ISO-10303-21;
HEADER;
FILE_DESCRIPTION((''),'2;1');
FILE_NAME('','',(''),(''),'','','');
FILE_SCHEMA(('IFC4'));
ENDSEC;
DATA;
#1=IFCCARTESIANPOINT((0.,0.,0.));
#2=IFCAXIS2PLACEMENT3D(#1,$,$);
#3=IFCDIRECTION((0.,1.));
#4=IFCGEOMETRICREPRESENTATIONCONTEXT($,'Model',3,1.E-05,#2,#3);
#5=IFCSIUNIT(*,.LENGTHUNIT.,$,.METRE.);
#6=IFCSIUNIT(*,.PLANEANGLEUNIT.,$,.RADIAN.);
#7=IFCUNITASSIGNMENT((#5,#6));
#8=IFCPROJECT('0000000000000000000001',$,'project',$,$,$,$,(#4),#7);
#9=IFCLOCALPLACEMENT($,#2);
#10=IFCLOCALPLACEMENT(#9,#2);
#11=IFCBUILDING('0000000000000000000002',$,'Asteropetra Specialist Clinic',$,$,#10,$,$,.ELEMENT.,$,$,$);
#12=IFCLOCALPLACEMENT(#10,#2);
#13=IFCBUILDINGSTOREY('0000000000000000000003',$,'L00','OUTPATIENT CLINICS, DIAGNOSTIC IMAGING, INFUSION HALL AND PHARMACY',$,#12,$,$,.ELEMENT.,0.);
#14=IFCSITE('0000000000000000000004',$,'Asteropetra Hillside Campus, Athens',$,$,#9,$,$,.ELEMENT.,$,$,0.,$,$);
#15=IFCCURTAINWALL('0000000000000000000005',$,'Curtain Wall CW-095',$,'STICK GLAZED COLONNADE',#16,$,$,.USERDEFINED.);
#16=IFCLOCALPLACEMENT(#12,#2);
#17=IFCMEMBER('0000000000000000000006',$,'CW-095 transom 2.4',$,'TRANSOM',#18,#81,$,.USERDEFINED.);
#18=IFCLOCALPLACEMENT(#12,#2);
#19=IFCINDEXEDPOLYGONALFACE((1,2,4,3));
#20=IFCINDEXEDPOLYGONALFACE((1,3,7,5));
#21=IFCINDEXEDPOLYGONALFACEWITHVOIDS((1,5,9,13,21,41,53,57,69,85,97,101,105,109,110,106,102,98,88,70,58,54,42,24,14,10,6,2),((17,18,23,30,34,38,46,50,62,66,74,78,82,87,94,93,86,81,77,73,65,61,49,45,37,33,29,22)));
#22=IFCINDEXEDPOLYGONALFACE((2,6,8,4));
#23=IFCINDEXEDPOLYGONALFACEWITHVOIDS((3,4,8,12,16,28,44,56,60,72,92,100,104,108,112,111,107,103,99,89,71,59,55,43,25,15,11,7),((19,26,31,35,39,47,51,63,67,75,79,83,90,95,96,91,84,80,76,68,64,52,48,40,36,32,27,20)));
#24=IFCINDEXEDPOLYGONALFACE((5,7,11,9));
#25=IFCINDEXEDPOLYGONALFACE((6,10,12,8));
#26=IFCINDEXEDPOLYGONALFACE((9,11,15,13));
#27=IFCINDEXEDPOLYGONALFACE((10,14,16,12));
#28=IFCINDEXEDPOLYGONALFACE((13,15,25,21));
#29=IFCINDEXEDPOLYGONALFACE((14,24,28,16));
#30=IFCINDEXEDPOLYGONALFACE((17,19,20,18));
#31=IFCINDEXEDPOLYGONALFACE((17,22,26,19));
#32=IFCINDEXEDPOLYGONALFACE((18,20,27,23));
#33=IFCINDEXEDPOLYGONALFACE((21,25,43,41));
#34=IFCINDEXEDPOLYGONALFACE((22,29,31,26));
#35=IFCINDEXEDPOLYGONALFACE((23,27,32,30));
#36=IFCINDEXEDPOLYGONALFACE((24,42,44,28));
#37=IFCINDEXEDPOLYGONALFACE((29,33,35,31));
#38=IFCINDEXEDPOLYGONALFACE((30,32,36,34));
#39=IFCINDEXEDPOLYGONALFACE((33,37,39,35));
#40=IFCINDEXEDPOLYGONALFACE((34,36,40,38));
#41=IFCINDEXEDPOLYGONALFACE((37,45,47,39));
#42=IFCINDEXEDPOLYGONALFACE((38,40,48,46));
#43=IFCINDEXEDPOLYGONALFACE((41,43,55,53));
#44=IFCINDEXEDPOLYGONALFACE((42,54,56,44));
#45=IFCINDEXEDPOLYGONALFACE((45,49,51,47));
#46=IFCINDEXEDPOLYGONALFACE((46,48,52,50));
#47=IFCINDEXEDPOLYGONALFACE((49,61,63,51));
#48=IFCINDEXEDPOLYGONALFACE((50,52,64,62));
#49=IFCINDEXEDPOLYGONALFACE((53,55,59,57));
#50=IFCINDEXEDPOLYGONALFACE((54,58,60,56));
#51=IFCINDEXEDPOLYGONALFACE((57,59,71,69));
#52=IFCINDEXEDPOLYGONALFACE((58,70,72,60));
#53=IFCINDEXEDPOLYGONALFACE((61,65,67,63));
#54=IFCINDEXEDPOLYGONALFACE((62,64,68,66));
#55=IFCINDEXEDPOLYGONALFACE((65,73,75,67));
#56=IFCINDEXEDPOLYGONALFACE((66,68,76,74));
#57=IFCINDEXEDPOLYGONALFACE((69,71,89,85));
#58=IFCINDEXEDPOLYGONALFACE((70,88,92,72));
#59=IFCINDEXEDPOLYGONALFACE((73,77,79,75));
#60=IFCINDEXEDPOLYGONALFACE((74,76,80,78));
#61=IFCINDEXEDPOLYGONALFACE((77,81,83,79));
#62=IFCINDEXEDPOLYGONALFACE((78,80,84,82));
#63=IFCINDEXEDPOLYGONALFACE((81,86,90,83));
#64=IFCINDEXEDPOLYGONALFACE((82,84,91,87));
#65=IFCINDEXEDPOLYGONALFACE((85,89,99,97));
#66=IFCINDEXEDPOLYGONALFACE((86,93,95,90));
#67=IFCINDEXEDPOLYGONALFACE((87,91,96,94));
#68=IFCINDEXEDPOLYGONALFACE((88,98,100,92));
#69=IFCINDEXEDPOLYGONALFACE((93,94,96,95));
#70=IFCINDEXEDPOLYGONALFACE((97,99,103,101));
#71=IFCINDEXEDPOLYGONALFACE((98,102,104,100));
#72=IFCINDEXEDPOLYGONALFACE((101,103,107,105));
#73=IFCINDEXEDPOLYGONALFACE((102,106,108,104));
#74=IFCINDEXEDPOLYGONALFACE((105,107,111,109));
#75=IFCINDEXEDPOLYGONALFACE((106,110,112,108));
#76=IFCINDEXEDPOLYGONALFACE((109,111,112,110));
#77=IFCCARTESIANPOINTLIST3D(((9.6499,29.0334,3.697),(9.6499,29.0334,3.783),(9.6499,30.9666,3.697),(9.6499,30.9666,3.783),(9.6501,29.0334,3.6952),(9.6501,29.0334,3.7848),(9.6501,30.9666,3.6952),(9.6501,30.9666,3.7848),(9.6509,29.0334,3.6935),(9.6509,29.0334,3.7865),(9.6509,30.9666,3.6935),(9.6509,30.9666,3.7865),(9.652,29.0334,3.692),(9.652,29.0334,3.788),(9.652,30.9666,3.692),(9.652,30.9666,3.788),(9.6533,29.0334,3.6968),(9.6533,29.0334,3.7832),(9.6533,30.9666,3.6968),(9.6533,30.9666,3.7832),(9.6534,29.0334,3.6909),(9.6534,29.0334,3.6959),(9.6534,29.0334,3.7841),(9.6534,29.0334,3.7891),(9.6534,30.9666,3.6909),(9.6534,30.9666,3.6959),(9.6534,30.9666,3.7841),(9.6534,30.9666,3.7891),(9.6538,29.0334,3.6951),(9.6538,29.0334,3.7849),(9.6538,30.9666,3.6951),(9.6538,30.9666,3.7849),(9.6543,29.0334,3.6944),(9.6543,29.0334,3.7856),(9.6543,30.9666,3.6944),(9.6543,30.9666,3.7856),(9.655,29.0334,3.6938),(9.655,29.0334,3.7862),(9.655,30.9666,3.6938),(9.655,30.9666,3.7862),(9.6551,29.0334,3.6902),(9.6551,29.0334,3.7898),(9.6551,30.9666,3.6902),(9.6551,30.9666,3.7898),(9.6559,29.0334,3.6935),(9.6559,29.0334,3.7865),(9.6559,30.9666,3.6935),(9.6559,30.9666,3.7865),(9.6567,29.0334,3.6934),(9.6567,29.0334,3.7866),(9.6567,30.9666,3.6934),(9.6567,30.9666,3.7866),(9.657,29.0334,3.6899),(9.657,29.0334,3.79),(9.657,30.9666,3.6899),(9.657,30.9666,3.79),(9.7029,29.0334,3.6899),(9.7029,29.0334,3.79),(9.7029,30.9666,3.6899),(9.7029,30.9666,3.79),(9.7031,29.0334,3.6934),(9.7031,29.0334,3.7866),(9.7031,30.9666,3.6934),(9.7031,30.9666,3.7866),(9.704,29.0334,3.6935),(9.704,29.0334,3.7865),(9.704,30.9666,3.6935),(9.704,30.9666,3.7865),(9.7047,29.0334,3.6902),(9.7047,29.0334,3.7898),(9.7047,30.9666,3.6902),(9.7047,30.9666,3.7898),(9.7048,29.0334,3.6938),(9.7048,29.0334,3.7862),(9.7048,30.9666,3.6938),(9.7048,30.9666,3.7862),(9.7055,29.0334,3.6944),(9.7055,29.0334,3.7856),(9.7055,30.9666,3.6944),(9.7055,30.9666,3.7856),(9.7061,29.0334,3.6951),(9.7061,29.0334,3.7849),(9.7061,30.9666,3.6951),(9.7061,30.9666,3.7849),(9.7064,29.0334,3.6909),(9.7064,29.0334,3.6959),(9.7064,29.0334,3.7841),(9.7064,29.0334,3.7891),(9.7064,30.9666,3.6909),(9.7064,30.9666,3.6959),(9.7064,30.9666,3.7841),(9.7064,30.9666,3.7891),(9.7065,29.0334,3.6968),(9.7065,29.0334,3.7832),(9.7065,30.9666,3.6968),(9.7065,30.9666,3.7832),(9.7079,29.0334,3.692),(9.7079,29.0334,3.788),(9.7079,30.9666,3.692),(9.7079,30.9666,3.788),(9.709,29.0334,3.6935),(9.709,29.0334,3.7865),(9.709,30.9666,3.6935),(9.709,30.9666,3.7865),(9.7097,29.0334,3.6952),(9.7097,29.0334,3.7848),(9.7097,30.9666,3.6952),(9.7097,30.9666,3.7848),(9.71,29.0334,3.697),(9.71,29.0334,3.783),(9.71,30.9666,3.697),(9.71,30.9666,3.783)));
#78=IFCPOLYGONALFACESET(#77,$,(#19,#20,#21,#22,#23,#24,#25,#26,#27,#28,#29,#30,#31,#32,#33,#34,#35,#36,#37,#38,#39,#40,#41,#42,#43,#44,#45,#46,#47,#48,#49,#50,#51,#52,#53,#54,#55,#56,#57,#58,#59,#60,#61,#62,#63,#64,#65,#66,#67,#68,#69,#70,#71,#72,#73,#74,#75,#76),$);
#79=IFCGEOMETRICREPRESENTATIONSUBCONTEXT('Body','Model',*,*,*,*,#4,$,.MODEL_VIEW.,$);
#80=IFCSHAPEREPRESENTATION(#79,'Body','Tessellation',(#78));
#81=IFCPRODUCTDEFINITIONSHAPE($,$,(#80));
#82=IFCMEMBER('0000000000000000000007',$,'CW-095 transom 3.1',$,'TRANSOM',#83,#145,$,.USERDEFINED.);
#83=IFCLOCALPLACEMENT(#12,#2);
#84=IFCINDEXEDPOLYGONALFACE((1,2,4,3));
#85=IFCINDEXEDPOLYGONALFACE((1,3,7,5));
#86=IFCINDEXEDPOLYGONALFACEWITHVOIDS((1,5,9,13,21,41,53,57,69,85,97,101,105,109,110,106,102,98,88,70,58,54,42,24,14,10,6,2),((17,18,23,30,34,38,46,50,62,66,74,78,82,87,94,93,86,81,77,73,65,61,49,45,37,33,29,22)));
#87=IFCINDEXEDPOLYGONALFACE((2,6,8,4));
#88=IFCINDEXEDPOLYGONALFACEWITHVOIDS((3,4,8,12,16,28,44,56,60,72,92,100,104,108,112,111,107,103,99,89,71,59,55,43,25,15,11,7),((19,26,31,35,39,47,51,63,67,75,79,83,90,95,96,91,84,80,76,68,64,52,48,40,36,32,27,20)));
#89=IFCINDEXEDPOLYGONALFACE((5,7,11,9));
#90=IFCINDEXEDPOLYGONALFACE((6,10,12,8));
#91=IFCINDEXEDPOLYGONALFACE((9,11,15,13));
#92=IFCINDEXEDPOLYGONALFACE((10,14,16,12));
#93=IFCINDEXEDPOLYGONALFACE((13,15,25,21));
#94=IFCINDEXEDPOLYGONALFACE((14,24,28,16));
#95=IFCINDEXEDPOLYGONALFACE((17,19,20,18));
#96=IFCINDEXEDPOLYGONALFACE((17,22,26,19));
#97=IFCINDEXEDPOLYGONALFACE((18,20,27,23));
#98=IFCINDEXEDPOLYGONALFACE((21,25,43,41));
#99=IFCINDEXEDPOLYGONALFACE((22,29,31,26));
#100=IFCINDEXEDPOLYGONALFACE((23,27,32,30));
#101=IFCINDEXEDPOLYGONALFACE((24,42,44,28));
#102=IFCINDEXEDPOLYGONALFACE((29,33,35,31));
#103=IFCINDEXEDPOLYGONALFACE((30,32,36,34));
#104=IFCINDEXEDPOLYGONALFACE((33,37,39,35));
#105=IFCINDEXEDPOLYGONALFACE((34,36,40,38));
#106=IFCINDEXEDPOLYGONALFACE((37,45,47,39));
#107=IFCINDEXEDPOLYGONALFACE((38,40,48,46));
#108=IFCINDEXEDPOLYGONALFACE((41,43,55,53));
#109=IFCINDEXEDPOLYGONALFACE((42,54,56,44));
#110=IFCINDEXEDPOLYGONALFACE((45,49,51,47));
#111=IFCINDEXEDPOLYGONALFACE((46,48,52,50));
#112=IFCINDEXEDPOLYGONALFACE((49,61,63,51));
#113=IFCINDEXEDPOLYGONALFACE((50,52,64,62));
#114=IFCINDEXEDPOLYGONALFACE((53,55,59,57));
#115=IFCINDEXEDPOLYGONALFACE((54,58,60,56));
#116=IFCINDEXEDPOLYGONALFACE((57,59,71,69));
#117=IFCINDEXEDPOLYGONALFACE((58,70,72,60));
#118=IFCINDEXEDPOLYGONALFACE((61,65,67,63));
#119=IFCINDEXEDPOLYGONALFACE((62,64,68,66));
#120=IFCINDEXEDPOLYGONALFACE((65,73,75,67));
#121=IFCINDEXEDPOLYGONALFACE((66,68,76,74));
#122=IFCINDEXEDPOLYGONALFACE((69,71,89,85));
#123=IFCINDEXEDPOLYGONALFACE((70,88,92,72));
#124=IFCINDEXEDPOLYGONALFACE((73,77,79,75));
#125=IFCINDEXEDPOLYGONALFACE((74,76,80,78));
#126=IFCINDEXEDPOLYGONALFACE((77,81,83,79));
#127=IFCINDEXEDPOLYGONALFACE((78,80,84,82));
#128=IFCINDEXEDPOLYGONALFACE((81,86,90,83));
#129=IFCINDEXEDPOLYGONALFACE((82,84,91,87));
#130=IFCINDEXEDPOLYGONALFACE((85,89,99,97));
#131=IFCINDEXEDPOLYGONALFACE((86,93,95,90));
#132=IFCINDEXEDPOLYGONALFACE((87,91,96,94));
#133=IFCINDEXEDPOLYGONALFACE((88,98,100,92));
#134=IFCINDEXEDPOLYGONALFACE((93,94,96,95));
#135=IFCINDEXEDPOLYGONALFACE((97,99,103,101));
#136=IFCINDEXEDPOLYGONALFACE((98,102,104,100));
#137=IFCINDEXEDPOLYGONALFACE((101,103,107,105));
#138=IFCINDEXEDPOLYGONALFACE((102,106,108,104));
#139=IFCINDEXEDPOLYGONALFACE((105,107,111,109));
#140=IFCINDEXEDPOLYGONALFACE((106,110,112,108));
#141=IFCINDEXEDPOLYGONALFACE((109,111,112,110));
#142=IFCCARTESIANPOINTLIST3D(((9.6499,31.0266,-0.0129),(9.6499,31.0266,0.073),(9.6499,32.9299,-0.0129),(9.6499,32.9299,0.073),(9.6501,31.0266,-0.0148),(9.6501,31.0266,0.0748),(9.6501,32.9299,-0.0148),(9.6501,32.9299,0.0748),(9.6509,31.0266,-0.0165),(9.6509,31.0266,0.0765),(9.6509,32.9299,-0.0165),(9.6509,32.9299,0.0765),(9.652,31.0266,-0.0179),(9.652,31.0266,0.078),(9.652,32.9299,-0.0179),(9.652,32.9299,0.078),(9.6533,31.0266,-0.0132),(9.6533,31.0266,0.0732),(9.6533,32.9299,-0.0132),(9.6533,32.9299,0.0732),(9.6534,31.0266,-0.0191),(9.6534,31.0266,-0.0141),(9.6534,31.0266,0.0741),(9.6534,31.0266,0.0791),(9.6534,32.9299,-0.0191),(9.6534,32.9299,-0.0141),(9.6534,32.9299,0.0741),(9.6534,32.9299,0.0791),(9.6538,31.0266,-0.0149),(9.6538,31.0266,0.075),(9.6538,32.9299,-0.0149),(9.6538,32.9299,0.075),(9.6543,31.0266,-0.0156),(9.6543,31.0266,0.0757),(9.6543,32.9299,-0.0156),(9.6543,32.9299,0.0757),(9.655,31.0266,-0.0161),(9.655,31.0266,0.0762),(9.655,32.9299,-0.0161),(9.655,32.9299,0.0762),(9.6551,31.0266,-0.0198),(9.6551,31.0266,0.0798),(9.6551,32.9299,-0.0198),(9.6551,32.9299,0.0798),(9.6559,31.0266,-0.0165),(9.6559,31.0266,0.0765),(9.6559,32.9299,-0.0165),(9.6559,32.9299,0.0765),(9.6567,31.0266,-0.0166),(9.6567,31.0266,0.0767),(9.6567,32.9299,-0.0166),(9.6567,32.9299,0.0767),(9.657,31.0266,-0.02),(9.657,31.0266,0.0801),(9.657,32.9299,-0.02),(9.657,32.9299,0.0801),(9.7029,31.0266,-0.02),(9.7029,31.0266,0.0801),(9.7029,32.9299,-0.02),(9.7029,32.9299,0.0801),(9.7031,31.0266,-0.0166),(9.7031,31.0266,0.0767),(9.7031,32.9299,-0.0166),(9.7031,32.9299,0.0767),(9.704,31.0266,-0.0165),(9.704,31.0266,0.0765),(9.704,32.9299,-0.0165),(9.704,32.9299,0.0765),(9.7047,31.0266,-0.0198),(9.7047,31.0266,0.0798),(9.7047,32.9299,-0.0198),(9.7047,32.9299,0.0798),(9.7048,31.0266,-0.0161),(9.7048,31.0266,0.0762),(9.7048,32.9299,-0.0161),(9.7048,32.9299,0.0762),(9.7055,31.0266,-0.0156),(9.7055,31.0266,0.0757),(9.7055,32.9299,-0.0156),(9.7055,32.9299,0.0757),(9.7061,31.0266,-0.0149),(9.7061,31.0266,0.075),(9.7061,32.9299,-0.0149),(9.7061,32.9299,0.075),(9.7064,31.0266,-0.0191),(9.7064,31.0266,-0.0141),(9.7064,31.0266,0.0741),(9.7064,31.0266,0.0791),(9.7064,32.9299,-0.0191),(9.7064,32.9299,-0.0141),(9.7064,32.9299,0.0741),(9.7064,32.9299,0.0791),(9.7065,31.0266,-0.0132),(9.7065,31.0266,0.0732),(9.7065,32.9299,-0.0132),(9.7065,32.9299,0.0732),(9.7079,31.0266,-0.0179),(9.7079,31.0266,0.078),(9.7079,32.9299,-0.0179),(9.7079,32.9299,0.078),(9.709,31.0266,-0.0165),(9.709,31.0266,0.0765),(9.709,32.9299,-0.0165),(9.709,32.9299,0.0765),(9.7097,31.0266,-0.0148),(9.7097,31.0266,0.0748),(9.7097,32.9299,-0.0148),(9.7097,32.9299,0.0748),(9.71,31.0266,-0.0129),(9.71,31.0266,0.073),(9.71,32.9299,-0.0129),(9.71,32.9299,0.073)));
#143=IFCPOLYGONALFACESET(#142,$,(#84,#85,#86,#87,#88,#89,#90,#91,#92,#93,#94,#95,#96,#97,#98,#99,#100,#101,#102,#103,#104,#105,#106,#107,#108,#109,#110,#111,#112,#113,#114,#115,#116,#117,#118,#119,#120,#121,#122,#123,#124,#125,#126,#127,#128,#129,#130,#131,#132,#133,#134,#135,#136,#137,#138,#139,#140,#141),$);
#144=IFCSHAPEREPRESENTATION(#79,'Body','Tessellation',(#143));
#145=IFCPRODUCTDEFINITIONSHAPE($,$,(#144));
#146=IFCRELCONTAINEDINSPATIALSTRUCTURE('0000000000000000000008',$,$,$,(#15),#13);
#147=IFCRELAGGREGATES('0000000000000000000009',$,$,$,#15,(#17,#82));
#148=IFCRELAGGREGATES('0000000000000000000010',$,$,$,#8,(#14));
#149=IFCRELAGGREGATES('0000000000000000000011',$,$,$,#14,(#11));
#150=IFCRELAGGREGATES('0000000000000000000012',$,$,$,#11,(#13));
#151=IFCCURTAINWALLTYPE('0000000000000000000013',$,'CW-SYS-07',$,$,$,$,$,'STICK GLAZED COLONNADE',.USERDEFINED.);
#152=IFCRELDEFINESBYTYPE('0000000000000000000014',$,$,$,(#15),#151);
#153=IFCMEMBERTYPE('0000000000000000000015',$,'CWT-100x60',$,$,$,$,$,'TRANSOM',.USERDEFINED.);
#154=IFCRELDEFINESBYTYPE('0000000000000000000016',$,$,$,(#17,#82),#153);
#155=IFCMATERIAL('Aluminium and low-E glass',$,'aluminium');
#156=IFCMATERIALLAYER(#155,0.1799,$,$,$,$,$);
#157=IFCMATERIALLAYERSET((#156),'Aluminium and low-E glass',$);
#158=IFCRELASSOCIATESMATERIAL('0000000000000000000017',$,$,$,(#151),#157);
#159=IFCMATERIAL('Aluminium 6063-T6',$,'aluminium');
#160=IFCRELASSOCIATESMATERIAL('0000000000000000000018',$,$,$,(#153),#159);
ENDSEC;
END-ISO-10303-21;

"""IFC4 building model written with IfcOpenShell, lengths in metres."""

from ifc_helpers import new_model, si_unit, direction, frame, origin, origin_2d, place, context, subcontext, project, spatial, hollow_rectangle, extrude, material, layer, layer_set, material_profile, profile_set, type_object, element, aggregate, save


model = new_model("IFC4")

# Units and contexts
model_context = context("Model", 3, precision=1e-05, world=origin(), true_north=direction((0.0, 1.0)))
body_context = subcontext(model_context, "Body", "Model", "MODEL_VIEW")
ifc_project = project(units=[si_unit("LENGTHUNIT", "METRE"), si_unit("PLANEANGLEUNIT", "RADIAN")], contexts=[model_context])

# Site, building, storey
site_placement = place(None, origin())
site = spatial("IfcSite", under=ifc_project, at=site_placement, Name="Asteropetra Hillside Campus, Athens", CompositionType="ELEMENT", RefElevation=0.0)
building_placement = place(site_placement, origin())
building = spatial("IfcBuilding", under=site, at=building_placement, Name="Asteropetra Specialist Clinic", CompositionType="ELEMENT")
storey_placement = place(building_placement, origin())
storey = spatial("IfcBuildingStorey", under=building, at=storey_placement, Name="L00", Description="OUTPATIENT CLINICS, DIAGNOSTIC IMAGING, INFUSION HALL AND PHARMACY", CompositionType="ELEMENT", Elevation=0.0)

# Curtain wall, members
ifc_material_1 = material(Name="Aluminium and low-E glass", Category="aluminium")
ifc_layer_1 = layer(ifc_material_1, 0.1799)
ifc_layer_set_1 = layer_set([ifc_layer_1], Name="Aluminium and low-E glass")
curtain_wall_type = type_object("IfcCurtainWallType", Name="CW-SYS-07", ElementType="STICK GLAZED COLONNADE", PredefinedType="USERDEFINED", material=ifc_layer_set_1)
curtain_wall_placement = place(storey_placement, origin())
curtain_wall = element("IfcCurtainWall", 1, at=curtain_wall_placement, inside=storey, type_object=curtain_wall_type, Name="Curtain Wall CW-095", ObjectType="STICK GLAZED COLONNADE", PredefinedType="USERDEFINED")
ifc_material_2 = material(Name="Aluminium 6063-T6", Category="aluminium")
ifc_material_profile_1 = material_profile(ifc_material_2, hollow_rectangle(XDim=0.0601, YDim=0.1001, WallThickness=0.0034, InnerFilletRadius=0.0034, OuterFilletRadius=0.0071, at=origin_2d()), Name="TRN 100x60x3.5")
ifc_profile_set_1 = profile_set([ifc_material_profile_1], Name="Aluminium 6063-T6")
member_type_1 = type_object("IfcMemberType", Name="CWT-100x60", ElementType="TRANSOM", PredefinedType="USERDEFINED", material=ifc_profile_set_1)
member_1_placement = place(storey_placement, frame((9.6799, 29.0334, 3.74), z_axis=(0.0, 1.0, 0.0), x_axis=(-1.0, 0.0, 0.0)))
member_1 = element("IfcMember", 2, at=member_1_placement, type_object=member_type_1, Name="CW-095 transom 2.4", ObjectType="TRANSOM", PredefinedType="USERDEFINED", context=body_context, shape_type="SweptSolid", body=[
    extrude(hollow_rectangle(XDim=0.0601, YDim=0.1001, WallThickness=0.0034, InnerFilletRadius=0.0034, OuterFilletRadius=0.0071, at=origin_2d()), origin(), (0.0, 0.0, 1.0), 1.9331),
])
member_2_placement = place(storey_placement, frame((9.6799, 31.0266, 0.03), z_axis=(0.0, 1.0, 0.0), x_axis=(-1.0, 0.0, 0.0)))
member_2 = element("IfcMember", 3, at=member_2_placement, type_object=member_type_1, Name="CW-095 transom 3.1", ObjectType="TRANSOM", PredefinedType="USERDEFINED", context=body_context, shape_type="SweptSolid", body=[
    extrude(hollow_rectangle(XDim=0.0601, YDim=0.1001, WallThickness=0.0034, InnerFilletRadius=0.0034, OuterFilletRadius=0.0071, at=origin_2d()), origin(), (0.0, 0.0, 1.0), 1.9033),
])

aggregate(curtain_wall, [member_1, member_2])

save(model, "model.ifc")
